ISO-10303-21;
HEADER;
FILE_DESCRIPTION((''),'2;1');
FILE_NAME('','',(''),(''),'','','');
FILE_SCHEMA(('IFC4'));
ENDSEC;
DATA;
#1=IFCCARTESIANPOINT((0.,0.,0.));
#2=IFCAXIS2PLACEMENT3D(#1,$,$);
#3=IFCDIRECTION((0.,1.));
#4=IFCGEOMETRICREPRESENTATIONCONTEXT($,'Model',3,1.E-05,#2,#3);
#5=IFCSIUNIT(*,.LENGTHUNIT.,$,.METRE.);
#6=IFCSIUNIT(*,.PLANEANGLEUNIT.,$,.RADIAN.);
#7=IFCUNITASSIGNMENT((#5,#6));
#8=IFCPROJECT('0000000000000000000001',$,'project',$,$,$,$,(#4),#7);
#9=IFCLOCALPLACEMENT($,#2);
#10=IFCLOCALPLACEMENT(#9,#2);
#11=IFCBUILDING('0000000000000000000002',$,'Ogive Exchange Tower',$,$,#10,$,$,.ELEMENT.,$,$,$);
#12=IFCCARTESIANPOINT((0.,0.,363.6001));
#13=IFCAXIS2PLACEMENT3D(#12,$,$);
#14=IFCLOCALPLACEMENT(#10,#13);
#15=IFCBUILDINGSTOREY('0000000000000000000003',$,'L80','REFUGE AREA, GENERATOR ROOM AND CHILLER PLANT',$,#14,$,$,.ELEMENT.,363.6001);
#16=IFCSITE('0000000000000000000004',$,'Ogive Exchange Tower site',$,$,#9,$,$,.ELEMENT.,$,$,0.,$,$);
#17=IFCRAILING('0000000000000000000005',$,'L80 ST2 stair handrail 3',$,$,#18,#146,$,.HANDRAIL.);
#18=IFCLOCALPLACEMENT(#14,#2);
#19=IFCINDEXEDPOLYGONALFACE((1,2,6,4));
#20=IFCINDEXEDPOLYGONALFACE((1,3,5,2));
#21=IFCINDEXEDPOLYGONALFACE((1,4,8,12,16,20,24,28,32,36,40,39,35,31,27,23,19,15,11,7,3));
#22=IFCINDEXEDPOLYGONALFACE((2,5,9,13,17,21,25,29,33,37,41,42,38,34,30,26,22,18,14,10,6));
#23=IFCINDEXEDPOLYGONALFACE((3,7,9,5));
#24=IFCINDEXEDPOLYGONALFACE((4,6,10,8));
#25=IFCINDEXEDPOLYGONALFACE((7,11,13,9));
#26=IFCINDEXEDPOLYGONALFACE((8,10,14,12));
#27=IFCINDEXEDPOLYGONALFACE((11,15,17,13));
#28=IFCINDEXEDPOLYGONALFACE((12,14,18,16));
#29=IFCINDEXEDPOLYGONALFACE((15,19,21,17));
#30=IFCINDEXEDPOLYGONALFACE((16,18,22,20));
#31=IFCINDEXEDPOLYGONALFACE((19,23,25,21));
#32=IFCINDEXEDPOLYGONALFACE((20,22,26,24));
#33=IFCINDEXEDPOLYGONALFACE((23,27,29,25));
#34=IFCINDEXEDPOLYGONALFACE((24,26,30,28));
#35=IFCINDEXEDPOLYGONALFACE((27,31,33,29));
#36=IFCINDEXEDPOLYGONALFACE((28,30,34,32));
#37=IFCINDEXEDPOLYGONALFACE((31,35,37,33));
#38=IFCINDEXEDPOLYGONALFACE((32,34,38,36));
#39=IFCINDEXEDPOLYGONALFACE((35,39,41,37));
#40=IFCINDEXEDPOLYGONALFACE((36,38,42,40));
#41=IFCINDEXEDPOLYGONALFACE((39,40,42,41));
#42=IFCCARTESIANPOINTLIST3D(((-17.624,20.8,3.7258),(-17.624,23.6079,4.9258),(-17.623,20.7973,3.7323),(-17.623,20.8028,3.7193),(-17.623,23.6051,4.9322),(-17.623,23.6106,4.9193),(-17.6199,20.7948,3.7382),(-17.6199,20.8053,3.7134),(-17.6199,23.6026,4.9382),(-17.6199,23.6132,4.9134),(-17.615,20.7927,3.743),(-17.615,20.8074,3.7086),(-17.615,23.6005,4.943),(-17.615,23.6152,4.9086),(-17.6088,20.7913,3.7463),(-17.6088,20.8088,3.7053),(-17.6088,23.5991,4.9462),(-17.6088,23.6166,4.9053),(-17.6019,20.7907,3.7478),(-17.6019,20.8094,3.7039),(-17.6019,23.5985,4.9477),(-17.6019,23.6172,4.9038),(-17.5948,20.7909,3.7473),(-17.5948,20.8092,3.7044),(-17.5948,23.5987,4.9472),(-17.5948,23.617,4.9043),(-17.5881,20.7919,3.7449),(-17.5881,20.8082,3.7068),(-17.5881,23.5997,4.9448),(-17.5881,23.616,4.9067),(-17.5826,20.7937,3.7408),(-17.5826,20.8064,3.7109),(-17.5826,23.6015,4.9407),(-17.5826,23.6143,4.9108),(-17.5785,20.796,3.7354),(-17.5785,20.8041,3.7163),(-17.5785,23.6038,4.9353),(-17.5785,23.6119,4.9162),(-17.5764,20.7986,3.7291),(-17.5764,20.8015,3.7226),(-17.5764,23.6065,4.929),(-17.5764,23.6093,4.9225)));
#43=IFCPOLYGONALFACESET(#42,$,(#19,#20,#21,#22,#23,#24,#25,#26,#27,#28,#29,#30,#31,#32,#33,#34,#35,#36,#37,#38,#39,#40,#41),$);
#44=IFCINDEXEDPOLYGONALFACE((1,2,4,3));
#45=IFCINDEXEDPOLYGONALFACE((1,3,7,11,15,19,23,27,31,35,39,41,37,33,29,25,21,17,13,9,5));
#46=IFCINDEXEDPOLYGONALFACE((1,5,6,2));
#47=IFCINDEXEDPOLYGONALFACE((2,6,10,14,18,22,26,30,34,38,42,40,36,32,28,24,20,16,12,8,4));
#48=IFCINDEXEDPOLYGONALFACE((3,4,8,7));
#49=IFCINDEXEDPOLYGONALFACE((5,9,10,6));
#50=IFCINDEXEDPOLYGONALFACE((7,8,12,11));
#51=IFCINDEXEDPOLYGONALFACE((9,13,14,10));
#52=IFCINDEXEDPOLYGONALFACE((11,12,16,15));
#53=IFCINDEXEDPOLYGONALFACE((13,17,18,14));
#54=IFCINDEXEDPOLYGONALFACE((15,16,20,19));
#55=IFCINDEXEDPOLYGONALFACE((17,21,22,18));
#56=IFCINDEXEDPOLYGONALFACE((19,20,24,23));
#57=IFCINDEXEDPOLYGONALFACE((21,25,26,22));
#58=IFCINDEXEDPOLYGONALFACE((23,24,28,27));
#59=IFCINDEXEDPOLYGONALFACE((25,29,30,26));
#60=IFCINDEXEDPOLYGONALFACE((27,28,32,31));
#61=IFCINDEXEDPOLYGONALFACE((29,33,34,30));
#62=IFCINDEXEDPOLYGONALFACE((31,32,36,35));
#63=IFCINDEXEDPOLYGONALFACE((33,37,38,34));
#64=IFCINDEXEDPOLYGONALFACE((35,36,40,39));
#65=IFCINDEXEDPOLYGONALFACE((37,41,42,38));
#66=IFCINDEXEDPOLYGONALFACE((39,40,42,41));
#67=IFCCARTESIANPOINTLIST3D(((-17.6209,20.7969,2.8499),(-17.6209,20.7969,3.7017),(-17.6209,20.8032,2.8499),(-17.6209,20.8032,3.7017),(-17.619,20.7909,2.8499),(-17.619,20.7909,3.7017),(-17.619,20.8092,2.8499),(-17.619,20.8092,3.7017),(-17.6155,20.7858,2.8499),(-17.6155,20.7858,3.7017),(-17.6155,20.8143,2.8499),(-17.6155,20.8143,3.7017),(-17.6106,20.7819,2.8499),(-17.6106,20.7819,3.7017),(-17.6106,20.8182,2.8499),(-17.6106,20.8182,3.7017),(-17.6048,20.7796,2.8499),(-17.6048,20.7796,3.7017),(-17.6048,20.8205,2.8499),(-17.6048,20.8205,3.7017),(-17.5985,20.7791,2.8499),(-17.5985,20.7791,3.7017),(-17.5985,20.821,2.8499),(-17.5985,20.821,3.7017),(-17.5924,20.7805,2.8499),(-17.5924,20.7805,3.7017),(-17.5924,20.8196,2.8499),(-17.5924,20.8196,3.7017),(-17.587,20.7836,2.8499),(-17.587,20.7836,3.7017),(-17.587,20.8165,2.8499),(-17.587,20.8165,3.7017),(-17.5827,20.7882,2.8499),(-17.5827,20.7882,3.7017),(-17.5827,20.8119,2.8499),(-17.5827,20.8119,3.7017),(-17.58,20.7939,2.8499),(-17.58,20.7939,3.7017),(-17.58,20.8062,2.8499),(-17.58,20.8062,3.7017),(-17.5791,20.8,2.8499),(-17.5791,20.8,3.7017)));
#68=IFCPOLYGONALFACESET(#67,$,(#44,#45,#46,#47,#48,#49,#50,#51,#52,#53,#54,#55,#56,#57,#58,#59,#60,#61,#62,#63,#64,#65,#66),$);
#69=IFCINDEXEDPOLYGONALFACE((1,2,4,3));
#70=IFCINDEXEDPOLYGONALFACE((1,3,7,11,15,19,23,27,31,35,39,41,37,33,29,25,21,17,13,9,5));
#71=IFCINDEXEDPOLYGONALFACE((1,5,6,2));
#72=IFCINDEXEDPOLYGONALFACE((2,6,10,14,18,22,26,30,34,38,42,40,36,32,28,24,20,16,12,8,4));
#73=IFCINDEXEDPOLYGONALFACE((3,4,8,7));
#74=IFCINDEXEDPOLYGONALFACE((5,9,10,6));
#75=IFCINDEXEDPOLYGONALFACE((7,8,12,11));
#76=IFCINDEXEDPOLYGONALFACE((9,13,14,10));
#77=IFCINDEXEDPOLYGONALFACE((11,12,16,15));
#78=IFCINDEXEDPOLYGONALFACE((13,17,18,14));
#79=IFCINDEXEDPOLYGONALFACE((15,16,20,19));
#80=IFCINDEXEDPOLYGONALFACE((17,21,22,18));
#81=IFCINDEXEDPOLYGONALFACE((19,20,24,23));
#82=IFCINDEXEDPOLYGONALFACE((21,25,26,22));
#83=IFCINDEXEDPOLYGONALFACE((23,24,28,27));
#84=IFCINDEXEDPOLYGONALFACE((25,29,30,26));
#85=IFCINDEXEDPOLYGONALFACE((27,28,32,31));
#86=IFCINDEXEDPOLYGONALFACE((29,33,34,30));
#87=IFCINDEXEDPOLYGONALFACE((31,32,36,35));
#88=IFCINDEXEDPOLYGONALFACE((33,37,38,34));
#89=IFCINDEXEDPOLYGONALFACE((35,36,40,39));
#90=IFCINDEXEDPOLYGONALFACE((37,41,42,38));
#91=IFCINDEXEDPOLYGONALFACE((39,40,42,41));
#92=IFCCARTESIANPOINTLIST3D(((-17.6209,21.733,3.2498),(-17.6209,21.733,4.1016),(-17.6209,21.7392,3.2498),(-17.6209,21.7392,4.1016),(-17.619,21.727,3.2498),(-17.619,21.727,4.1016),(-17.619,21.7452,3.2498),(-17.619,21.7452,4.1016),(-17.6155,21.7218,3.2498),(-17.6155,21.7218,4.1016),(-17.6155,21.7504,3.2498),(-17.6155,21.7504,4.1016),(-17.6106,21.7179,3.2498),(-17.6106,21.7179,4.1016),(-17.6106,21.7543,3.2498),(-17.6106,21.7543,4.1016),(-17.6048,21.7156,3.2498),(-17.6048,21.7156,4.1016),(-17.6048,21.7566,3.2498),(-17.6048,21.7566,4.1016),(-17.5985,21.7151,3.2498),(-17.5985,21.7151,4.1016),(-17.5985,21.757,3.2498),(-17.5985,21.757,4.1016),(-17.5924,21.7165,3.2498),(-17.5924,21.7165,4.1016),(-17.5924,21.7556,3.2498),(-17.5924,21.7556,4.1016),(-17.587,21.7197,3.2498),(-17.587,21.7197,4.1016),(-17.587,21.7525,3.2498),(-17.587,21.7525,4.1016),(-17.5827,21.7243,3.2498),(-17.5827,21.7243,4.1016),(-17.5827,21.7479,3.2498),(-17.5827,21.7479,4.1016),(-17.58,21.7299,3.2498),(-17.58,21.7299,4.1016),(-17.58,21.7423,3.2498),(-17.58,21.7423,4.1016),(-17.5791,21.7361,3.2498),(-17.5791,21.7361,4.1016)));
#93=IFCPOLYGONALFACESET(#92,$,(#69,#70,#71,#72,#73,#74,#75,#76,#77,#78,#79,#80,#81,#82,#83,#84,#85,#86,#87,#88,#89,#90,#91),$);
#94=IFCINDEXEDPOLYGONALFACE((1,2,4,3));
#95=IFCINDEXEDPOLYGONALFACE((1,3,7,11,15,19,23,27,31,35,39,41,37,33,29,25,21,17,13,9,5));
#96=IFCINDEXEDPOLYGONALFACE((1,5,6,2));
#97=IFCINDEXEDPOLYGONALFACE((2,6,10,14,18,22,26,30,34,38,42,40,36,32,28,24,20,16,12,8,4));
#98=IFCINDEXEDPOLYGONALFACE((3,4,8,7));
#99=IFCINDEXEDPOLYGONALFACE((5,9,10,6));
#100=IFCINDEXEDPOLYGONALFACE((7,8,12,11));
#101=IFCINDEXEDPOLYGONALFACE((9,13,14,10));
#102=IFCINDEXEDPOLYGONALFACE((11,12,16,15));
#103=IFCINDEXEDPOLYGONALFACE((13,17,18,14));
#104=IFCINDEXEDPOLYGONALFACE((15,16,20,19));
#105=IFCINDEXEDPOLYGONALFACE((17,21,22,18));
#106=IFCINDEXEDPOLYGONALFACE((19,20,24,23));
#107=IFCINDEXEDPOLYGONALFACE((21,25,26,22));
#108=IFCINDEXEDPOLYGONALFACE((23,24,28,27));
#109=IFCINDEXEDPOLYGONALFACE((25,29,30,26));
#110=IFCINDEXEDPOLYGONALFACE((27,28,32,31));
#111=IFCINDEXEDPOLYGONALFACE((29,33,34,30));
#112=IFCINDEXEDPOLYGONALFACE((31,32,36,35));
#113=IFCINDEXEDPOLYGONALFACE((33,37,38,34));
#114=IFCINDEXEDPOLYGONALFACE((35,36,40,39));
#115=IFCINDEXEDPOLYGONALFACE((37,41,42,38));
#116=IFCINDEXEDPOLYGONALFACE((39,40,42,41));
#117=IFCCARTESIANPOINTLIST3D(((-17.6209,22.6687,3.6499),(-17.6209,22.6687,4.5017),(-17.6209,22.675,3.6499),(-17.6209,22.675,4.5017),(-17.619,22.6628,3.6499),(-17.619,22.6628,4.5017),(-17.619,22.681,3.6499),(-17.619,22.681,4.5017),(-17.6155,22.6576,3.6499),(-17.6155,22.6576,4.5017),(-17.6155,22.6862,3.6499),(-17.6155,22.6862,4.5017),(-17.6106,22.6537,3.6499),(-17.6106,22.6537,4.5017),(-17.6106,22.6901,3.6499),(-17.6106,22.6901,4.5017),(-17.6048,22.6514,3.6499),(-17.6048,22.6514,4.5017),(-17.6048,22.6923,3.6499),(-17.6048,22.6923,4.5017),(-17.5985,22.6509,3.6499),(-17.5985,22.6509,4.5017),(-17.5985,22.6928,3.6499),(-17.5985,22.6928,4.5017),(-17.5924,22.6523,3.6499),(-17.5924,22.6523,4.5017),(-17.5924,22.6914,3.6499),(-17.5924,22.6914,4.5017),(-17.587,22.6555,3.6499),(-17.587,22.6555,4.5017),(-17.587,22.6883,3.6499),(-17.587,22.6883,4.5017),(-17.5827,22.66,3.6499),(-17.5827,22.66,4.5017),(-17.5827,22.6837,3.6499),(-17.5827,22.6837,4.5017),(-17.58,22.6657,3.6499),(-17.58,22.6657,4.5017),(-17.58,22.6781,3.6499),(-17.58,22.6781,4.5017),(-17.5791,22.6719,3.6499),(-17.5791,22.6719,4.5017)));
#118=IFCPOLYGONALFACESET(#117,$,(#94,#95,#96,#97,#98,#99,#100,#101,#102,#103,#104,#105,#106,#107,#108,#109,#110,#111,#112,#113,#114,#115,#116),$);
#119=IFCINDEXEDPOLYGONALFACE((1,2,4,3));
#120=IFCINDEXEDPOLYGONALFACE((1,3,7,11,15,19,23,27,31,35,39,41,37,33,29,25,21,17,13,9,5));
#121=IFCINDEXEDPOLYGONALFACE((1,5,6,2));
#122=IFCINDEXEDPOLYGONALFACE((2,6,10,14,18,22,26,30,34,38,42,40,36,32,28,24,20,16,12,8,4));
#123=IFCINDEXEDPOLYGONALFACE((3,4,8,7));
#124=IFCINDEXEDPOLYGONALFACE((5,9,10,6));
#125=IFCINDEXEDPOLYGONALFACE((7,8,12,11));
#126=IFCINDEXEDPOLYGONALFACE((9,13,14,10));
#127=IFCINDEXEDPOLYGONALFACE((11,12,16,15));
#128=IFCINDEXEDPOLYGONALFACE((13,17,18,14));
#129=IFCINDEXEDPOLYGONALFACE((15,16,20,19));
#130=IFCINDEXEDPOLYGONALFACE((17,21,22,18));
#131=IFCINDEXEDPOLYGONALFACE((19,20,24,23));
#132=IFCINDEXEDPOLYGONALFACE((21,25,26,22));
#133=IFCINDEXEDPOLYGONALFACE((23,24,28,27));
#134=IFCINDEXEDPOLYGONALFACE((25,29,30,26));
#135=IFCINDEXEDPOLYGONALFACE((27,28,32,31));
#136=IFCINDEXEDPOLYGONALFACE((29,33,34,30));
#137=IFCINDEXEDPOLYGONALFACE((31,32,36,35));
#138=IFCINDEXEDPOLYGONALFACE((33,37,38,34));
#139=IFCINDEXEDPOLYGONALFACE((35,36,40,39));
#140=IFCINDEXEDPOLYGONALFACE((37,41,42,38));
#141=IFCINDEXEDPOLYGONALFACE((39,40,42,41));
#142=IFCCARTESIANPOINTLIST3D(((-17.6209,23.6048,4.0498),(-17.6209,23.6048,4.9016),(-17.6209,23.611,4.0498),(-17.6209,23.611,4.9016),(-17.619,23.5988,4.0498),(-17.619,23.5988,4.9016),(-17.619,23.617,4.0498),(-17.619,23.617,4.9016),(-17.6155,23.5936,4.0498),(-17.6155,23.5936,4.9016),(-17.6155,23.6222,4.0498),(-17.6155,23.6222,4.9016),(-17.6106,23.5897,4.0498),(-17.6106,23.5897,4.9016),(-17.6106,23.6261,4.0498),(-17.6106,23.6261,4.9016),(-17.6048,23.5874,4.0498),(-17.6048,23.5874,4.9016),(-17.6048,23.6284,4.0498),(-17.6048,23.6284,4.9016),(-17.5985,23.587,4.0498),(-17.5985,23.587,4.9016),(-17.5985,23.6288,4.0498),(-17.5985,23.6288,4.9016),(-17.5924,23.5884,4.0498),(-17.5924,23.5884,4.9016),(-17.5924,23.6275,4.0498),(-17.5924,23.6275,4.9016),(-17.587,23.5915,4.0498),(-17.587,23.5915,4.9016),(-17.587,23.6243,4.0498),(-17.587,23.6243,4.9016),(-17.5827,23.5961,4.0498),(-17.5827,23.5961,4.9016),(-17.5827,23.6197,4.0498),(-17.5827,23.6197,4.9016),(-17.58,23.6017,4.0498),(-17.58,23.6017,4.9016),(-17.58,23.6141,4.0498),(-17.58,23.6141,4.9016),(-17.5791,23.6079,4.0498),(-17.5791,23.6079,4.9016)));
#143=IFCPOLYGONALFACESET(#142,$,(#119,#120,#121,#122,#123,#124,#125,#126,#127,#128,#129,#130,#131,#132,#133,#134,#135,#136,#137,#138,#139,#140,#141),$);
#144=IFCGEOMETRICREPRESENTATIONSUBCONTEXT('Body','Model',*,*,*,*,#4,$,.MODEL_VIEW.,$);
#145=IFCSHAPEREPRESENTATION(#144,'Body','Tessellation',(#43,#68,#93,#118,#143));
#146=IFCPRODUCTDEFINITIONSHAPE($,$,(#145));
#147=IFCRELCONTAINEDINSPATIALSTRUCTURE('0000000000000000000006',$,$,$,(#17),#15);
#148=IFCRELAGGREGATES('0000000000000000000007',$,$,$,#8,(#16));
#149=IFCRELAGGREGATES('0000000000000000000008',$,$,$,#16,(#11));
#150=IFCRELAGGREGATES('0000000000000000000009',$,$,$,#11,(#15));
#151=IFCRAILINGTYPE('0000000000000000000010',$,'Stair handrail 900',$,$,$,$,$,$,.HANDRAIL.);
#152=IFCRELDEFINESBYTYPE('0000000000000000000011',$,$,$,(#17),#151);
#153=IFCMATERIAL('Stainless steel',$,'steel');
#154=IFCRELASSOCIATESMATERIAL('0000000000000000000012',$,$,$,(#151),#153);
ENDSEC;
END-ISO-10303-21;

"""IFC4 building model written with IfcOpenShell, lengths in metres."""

from ifc_helpers import new_model, si_unit, direction, frame, origin, origin_2d, place, context, subcontext, project, spatial, circle, extrude, material, type_object, element, save


model = new_model("IFC4")

# Units and contexts
model_context = context("Model", 3, precision=1e-05, world=origin(), true_north=direction((0.0, 1.0)))
body_context = subcontext(model_context, "Body", "Model", "MODEL_VIEW")
ifc_project = project(units=[si_unit("LENGTHUNIT", "METRE"), si_unit("PLANEANGLEUNIT", "RADIAN")], contexts=[model_context])

# Site, building, storey
site_placement = place(None, origin())
site = spatial("IfcSite", under=ifc_project, at=site_placement, Name="Ogive Exchange Tower site", CompositionType="ELEMENT", RefElevation=0.0)
building_placement = place(site_placement, origin())
building = spatial("IfcBuilding", under=site, at=building_placement, Name="Ogive Exchange Tower", CompositionType="ELEMENT")
storey_placement = place(building_placement, frame((0.0, 0.0, 363.6001)))
storey = spatial("IfcBuildingStorey", under=building, at=storey_placement, Name="L80", Description="REFUGE AREA, GENERATOR ROOM AND CHILLER PLANT", CompositionType="ELEMENT", Elevation=363.6001)

# Shared definitions
ifc_material_1 = material(Name="Stainless steel", Category="steel")

# Railing
railing_type = type_object("IfcRailingType", Name="Stair handrail 900", PredefinedType="HANDRAIL", material=ifc_material_1)
for number, where, name in (
    (1, (-17.6001, 20.8, 2.8499), "L80 ST2 stair handrail 3"),
):
    element("IfcRailing", number, at=place(storey_placement, frame(where)), inside=storey, type_object=railing_type, Name=name, PredefinedType="HANDRAIL", context=body_context, shape_type="SweptSolid", body=[
        extrude(circle(Radius=0.0239, at=origin_2d()), frame((0.0, 0.0, 0.876), z_axis=(0.0, 0.91955, 0.392973), x_axis=(-1.0, 0.0, 0.0)), (0.0, 0.0, 1.0), 3.0535),
        extrude(circle(Radius=0.021, at=origin_2d()), origin(), (0.0, 0.0, 1.0), 0.8518),
        extrude(circle(Radius=0.021, at=origin_2d()), frame((0.0, 0.936, 0.3999)), (0.0, 0.0, 1.0), 0.8518),
        extrude(circle(Radius=0.021, at=origin_2d()), frame((0.0, 1.8718, 0.8)), (0.0, 0.0, 1.0), 0.8518),
        extrude(circle(Radius=0.021, at=origin_2d()), frame((0.0, 2.8079, 1.2)), (0.0, 0.0, 1.0), 0.8518),
    ])

save(model, "model.ifc")
